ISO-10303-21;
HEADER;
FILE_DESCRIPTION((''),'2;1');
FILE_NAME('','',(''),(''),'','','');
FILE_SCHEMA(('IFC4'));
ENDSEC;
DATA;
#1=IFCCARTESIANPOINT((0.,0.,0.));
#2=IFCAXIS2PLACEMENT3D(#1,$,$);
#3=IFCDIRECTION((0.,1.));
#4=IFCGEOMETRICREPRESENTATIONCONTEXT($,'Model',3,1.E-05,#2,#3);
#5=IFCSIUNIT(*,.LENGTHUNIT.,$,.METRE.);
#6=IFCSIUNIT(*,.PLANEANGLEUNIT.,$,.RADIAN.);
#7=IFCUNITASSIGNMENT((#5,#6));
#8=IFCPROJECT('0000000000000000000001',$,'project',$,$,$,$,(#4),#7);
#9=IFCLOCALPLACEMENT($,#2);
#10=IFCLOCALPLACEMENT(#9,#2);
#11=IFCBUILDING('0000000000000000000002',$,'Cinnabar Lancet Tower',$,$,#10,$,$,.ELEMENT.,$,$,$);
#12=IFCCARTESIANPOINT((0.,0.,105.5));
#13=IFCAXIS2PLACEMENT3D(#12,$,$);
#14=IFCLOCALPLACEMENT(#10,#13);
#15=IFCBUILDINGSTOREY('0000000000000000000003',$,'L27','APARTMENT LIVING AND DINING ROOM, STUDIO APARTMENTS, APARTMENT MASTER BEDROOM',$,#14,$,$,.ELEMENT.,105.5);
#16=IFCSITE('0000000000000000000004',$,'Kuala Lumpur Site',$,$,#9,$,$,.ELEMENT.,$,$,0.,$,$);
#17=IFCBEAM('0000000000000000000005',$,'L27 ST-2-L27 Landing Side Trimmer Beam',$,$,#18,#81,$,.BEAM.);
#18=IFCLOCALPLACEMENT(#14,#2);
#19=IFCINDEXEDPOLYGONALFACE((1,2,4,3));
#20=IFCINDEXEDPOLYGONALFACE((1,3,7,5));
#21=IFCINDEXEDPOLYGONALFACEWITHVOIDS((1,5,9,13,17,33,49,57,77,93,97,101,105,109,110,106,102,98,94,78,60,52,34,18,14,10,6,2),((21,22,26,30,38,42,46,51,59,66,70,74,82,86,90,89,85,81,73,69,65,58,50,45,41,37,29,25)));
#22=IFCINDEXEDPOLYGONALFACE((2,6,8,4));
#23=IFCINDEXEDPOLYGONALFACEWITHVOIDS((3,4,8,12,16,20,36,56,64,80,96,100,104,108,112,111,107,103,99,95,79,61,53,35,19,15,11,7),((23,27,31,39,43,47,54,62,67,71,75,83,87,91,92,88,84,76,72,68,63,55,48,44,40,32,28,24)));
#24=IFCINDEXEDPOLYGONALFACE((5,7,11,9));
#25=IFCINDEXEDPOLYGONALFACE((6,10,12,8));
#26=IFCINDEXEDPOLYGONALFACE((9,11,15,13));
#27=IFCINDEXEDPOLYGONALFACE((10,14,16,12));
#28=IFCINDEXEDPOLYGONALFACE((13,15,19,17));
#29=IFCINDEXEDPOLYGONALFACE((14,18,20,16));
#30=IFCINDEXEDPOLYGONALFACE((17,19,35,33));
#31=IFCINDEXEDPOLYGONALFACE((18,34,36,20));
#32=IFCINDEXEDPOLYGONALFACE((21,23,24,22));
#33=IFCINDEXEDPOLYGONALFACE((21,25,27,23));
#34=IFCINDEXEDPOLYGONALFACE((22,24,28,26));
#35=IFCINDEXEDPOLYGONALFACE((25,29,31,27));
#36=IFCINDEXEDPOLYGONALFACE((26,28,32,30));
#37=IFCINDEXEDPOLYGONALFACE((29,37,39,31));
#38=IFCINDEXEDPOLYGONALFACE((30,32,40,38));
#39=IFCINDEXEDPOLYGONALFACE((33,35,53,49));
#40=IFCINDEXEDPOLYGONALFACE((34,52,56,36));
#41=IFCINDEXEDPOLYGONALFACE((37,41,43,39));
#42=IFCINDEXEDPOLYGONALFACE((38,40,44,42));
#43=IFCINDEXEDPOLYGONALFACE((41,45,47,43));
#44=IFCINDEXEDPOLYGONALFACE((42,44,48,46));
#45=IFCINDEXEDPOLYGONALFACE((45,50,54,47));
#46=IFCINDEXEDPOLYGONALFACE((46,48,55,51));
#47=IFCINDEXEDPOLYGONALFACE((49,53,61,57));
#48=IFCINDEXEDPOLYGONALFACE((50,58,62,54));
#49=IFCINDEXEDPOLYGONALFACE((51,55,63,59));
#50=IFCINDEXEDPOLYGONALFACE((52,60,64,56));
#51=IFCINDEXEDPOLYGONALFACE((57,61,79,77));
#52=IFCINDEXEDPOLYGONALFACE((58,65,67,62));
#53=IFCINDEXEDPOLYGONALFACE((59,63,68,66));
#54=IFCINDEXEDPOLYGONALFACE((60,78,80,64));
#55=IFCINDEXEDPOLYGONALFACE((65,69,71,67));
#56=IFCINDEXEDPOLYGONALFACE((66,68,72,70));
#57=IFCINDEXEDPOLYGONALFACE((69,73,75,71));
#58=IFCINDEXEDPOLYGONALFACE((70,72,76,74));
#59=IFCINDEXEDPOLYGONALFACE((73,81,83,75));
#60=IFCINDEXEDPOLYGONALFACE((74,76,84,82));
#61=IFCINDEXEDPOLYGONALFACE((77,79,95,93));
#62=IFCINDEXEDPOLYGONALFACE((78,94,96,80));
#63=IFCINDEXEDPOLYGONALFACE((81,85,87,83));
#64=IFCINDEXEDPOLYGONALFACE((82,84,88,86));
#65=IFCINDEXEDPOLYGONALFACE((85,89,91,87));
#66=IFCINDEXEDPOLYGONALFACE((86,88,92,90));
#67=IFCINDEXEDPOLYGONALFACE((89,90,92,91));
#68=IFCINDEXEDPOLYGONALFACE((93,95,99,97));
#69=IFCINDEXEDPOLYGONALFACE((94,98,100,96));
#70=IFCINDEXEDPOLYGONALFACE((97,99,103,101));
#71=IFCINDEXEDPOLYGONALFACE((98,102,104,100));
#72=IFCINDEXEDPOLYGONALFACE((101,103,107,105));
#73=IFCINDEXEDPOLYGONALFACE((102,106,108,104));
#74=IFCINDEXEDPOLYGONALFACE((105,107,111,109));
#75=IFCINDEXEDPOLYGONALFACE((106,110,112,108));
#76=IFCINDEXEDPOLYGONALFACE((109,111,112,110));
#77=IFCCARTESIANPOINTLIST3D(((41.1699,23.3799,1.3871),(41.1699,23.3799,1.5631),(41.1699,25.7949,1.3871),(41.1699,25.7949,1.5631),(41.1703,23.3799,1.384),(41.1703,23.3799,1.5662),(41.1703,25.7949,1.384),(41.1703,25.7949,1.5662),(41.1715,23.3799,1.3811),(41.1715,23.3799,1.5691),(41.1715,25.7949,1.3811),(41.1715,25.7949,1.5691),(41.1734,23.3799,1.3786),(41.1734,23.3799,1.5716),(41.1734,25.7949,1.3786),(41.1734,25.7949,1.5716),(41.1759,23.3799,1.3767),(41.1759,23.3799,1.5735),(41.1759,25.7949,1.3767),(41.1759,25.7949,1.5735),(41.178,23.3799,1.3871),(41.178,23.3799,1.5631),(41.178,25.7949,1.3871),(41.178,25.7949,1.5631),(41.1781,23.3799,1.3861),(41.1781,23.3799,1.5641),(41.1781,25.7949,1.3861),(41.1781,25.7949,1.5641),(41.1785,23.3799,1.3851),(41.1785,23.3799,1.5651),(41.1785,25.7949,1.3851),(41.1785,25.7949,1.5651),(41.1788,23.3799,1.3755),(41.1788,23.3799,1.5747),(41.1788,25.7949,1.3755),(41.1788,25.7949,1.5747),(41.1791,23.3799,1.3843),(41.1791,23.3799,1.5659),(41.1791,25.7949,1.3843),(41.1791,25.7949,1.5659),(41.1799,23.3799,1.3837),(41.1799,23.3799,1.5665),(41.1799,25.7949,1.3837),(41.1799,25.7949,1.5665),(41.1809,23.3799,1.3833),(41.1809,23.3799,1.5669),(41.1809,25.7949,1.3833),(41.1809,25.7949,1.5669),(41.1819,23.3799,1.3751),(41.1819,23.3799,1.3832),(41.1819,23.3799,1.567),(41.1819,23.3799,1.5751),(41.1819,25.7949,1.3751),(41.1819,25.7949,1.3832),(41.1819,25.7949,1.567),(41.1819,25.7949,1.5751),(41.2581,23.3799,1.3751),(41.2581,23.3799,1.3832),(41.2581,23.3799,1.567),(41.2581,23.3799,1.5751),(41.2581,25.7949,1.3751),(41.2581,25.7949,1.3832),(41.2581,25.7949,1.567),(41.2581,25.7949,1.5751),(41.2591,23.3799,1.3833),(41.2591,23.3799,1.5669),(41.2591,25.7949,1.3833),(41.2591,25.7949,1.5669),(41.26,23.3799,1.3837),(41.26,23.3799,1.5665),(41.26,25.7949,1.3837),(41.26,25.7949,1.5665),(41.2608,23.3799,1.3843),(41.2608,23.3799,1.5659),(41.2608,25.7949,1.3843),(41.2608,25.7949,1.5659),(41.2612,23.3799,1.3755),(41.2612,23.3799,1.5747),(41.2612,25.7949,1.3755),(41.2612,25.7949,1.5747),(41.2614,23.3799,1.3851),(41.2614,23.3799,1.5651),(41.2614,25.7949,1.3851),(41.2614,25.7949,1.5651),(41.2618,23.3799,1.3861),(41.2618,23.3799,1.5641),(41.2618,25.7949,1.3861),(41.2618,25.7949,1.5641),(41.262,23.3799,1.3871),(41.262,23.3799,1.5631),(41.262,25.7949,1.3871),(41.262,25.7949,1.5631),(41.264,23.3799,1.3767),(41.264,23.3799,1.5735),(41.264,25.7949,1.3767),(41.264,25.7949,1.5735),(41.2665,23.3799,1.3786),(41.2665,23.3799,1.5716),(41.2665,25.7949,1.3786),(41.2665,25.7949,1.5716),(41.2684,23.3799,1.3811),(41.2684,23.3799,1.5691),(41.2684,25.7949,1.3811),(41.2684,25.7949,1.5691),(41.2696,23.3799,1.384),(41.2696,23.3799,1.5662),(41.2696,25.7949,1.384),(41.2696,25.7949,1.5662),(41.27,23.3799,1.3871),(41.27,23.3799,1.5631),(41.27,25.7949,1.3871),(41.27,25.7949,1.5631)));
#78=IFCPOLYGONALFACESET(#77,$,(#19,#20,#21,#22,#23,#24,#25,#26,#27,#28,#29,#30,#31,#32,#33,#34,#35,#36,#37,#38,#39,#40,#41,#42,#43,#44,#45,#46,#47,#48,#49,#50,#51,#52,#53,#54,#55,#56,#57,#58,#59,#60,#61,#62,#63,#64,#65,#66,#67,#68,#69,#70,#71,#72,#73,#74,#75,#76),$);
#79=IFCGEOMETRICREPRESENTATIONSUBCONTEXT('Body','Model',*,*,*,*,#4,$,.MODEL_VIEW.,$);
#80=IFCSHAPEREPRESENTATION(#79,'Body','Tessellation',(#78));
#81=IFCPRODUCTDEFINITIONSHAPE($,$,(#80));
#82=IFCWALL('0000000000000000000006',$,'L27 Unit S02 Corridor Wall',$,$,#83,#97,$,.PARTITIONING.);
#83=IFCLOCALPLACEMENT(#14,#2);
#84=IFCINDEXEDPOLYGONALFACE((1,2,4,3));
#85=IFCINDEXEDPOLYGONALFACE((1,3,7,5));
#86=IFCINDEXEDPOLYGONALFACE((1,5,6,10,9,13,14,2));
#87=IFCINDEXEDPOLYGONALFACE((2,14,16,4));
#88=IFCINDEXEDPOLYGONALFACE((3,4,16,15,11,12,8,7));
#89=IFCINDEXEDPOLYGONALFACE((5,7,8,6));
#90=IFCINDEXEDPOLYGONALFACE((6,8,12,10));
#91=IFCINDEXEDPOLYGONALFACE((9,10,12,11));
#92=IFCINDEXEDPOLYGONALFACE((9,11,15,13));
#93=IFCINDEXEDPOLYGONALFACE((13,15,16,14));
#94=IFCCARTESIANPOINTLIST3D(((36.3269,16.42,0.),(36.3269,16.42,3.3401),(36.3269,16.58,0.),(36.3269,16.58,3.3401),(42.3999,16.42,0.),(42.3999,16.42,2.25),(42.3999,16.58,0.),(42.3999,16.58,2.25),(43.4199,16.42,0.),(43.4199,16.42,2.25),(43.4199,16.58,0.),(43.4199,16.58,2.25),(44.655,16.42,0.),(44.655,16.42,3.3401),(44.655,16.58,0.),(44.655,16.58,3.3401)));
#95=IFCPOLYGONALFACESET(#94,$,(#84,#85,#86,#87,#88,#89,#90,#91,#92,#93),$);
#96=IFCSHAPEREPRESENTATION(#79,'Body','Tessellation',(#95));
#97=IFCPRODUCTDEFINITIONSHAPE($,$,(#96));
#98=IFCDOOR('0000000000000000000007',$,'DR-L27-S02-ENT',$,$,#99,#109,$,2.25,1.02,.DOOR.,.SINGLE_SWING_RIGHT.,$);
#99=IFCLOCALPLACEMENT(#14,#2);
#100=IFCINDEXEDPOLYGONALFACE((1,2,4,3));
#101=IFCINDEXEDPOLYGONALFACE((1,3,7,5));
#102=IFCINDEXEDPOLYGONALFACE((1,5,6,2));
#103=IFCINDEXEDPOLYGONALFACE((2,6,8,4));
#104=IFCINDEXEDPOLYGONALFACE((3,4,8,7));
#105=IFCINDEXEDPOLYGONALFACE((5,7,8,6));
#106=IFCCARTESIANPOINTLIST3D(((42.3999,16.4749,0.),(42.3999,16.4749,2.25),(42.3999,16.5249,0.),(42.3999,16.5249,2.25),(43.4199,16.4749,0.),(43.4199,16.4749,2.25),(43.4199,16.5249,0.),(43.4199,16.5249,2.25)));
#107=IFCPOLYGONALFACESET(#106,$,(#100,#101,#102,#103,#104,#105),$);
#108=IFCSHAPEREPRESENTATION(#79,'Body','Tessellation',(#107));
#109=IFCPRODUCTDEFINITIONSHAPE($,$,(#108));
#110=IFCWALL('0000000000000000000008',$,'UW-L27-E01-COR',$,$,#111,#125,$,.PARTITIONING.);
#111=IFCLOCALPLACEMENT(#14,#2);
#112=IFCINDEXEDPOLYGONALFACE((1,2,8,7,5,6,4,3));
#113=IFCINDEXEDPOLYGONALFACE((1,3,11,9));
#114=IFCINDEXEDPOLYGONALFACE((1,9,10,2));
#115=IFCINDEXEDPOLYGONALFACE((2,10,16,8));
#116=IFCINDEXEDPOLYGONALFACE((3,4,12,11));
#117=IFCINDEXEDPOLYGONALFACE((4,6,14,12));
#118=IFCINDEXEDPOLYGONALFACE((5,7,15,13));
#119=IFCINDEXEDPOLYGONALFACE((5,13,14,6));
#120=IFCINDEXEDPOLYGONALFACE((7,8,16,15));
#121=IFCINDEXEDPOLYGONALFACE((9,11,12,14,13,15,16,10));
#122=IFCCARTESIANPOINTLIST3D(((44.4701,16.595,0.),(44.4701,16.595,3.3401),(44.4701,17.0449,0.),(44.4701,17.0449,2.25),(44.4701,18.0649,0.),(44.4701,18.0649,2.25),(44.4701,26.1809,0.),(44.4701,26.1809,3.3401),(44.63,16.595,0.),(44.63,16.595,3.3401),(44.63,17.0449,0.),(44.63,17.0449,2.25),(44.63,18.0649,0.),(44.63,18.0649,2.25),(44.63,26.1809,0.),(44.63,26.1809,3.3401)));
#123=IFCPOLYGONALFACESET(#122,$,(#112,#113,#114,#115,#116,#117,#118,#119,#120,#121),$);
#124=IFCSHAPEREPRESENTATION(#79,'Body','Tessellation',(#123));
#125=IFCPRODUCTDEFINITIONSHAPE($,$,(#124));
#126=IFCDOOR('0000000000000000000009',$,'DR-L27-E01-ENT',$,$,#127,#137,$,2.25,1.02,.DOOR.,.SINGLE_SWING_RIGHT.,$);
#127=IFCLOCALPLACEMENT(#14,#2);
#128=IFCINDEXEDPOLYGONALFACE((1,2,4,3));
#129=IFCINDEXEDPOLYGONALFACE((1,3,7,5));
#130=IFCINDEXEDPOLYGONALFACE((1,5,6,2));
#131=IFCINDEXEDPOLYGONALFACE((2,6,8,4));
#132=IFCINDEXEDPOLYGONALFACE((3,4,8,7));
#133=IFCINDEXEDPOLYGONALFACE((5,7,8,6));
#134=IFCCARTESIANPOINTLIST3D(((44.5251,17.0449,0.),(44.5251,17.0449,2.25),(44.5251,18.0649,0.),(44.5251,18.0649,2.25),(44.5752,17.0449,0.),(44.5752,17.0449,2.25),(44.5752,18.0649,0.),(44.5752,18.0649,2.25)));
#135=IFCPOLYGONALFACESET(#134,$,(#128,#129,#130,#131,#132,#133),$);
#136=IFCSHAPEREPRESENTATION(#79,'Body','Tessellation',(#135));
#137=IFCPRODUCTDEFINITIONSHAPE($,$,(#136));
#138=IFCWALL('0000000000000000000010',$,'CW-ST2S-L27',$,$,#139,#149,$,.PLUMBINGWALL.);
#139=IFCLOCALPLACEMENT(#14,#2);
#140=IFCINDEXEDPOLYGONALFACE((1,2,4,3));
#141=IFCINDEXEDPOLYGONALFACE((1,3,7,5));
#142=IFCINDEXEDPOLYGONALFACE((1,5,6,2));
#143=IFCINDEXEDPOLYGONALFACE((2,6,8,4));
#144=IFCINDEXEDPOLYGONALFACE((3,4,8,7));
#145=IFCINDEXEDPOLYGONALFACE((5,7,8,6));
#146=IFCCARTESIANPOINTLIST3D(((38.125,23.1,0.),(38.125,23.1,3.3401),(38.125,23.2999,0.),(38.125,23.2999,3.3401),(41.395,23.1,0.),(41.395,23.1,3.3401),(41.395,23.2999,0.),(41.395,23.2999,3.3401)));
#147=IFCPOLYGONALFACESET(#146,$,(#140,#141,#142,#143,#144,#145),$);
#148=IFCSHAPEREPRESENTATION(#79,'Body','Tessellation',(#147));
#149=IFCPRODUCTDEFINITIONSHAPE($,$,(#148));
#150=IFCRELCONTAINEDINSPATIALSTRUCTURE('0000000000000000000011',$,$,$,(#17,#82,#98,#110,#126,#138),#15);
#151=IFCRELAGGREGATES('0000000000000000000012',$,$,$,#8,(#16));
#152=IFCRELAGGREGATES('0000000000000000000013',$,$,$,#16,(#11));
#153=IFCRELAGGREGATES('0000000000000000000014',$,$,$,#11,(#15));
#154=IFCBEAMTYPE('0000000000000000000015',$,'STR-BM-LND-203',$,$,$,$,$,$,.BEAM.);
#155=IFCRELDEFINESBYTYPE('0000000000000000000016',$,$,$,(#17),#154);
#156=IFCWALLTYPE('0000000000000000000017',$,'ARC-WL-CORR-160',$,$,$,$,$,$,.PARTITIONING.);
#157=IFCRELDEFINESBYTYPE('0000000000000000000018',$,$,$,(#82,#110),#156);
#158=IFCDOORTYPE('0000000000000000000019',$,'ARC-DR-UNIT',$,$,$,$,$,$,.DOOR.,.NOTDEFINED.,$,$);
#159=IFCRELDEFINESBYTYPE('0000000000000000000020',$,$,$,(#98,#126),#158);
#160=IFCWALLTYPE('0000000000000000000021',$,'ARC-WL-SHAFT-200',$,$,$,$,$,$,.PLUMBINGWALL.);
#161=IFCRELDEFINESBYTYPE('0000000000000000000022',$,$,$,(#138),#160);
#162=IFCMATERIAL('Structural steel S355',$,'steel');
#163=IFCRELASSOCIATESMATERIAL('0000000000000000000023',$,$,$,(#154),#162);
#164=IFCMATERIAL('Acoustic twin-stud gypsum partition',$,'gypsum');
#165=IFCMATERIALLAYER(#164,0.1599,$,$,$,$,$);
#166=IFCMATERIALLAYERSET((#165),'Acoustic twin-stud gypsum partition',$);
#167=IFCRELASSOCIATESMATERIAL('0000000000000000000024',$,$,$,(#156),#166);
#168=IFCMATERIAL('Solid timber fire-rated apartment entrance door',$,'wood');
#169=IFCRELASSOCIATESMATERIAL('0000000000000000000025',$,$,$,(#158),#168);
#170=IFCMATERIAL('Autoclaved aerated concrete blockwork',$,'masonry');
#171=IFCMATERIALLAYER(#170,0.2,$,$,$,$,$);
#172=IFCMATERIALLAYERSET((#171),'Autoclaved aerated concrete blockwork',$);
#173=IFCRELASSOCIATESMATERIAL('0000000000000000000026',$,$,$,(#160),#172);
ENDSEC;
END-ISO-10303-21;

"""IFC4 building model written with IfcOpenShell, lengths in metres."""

from ifc_helpers import new_model, si_unit, direction, frame, frame_2d, origin, origin_2d, place, context, subcontext, project, spatial, rectangle, hollow_rectangle, extrude, material, layer, layer_set, material_profile, profile_set, type_object, element, fill, save


model = new_model("IFC4")

# Units and contexts
model_context = context("Model", 3, precision=1e-05, world=origin(), true_north=direction((0.0, 1.0)))
body_context = subcontext(model_context, "Body", "Model", "MODEL_VIEW")
ifc_project = project(units=[si_unit("LENGTHUNIT", "METRE"), si_unit("PLANEANGLEUNIT", "RADIAN")], contexts=[model_context])

# Site, building, storey
site_placement = place(None, origin())
site = spatial("IfcSite", under=ifc_project, at=site_placement, Name="Kuala Lumpur Site", CompositionType="ELEMENT", RefElevation=0.0)
building_placement = place(site_placement, origin())
building = spatial("IfcBuilding", under=site, at=building_placement, Name="Cinnabar Lancet Tower", CompositionType="ELEMENT")
storey_placement = place(building_placement, frame((0.0, 0.0, 105.5)))
storey = spatial("IfcBuildingStorey", under=building, at=storey_placement, Name="L27", Description="APARTMENT LIVING AND DINING ROOM, STUDIO APARTMENTS, APARTMENT MASTER BEDROOM", CompositionType="ELEMENT", Elevation=105.5)

# Beam
ifc_material_1 = material(Name="Structural steel S355", Category="steel")
ifc_material_profile_1 = material_profile(ifc_material_1, hollow_rectangle(XDim=0.1001, YDim=0.2, WallThickness=0.0081, InnerFilletRadius=0.0039, OuterFilletRadius=0.012, at=origin_2d()), Name="RHS 200x100x8")
ifc_profile_set_1 = profile_set([ifc_material_profile_1], Name="Structural steel S355")
beam_type_1 = type_object("IfcBeamType", Name="STR-BM-LND-203", PredefinedType="BEAM", material=ifc_profile_set_1)
beam_1_placement = place(storey_placement, frame((41.22, 23.3799, 1.4751), z_axis=(0.0, 1.0, 0.0), x_axis=(-1.0, 0.0, 0.0)))
element("IfcBeam", 1, at=beam_1_placement, inside=storey, type_object=beam_type_1, Name="L27 ST-2-L27 Landing Side Trimmer Beam", PredefinedType="BEAM", context=body_context, shape_type="SweptSolid", body=[
    extrude(hollow_rectangle(XDim=0.1001, YDim=0.2, WallThickness=0.0081, InnerFilletRadius=0.0039, OuterFilletRadius=0.012, at=origin_2d()), origin(), (0.0, 0.0, 1.0), 2.415),
])

# Walls, openings, doors
ifc_material_2 = material(Name="Acoustic twin-stud gypsum partition", Category="gypsum")
ifc_layer_1 = layer(ifc_material_2, 0.1599)
ifc_layer_set_1 = layer_set([ifc_layer_1], Name="Acoustic twin-stud gypsum partition")
wall_type_1 = type_object("IfcWallType", Name="ARC-WL-CORR-160", PredefinedType="PARTITIONING", material=ifc_layer_set_1)
wall_1_placement = place(storey_placement, frame((36.3269, 16.5, 0.0), z_axis=(0.0, 0.0, 1.0), x_axis=(1.0, 0.0, 0.0)))
wall_1 = element("IfcWall", 2, at=wall_1_placement, inside=storey, type_object=wall_type_1, Name="L27 Unit S02 Corridor Wall", PredefinedType="PARTITIONING", context=body_context, shape_type="SweptSolid", body=[
    extrude(rectangle(XDim=8.3281, YDim=0.1599, at=frame_2d((4.1641, 0.0))), origin(), (0.0, 0.0, 1.0), 3.3401),
])
opening_1_placement = place(wall_1_placement, frame((6.073, 0.0, 0.0)))
opening_1 = element("IfcOpeningElement", 3, at=opening_1_placement, cuts=wall_1, PredefinedType="OPENING", context=body_context, shape_type="SweptSolid", body=[
    extrude(rectangle(XDim=1.02, YDim=2.25, at=frame_2d((0.51, 1.125))), frame((0.0, 0.0898, 0.0), z_axis=(0.0, -1.0, 0.0), x_axis=(1.0, 0.0, 0.0)), (0.0, 0.0, 1.0), 0.1799),
])
ifc_material_3 = material(Name="Solid timber fire-rated apartment entrance door", Category="wood")
door_type_1 = type_object("IfcDoorType", Name="ARC-DR-UNIT", OperationType="NOTDEFINED", PredefinedType="DOOR", material=ifc_material_3)
door_1_placement = place(opening_1_placement, origin())
door_1 = element("IfcDoor", 4, at=door_1_placement, inside=storey, type_object=door_type_1, Name="DR-L27-S02-ENT", OperationType="SINGLE_SWING_RIGHT", OverallHeight=2.25, OverallWidth=1.02, PredefinedType="DOOR", context=body_context, shape_type="SweptSolid", body=[
    extrude(rectangle(XDim=1.02, YDim=2.25, at=frame_2d((0.51, 1.125))), frame((0.0, 0.0249, 0.0), z_axis=(0.0, -1.0, 0.0), x_axis=(1.0, 0.0, 0.0)), (0.0, 0.0, 1.0), 0.05),
])
fill(opening_1, door_1)
wall_2_placement = place(storey_placement, frame((44.55, 16.595, 0.0), z_axis=(0.0, 0.0, 1.0), x_axis=(0.0, 1.0, 0.0)))
wall_2 = element("IfcWall", 5, at=wall_2_placement, inside=storey, type_object=wall_type_1, Name="UW-L27-E01-COR", PredefinedType="PARTITIONING", context=body_context, shape_type="SweptSolid", body=[
    extrude(rectangle(XDim=9.5859, YDim=0.1599, at=frame_2d((4.793, 0.0))), origin(), (0.0, 0.0, 1.0), 3.3401),
])
opening_2_placement = place(wall_2_placement, frame((0.45, 0.0, 0.0)))
opening_2 = element("IfcOpeningElement", 6, at=opening_2_placement, cuts=wall_2, PredefinedType="OPENING", context=body_context, shape_type="SweptSolid", body=[
    extrude(rectangle(XDim=1.02, YDim=2.25, at=frame_2d((0.51, 1.125))), frame((0.0, 0.0898, 0.0), z_axis=(0.0, -1.0, 0.0), x_axis=(1.0, 0.0, 0.0)), (0.0, 0.0, 1.0), 0.1799),
])
door_2_placement = place(opening_2_placement, origin())
door_2 = element("IfcDoor", 7, at=door_2_placement, inside=storey, type_object=door_type_1, Name="DR-L27-E01-ENT", OperationType="SINGLE_SWING_RIGHT", OverallHeight=2.25, OverallWidth=1.02, PredefinedType="DOOR", context=body_context, shape_type="SweptSolid", body=[
    extrude(rectangle(XDim=1.02, YDim=2.25, at=frame_2d((0.51, 1.125))), frame((0.0, 0.0249, 0.0), z_axis=(0.0, -1.0, 0.0), x_axis=(1.0, 0.0, 0.0)), (0.0, 0.0, 1.0), 0.05),
])
fill(opening_2, door_2)

# Wall
ifc_material_4 = material(Name="Autoclaved aerated concrete blockwork", Category="masonry")
ifc_layer_2 = layer(ifc_material_4, 0.2)
ifc_layer_set_2 = layer_set([ifc_layer_2], Name="Autoclaved aerated concrete blockwork")
wall_type_2 = type_object("IfcWallType", Name="ARC-WL-SHAFT-200", PredefinedType="PLUMBINGWALL", material=ifc_layer_set_2)
wall_3_placement = place(storey_placement, frame((38.125, 23.2, 0.0), z_axis=(0.0, 0.0, 1.0), x_axis=(1.0, 0.0, 0.0)))
element("IfcWall", 8, at=wall_3_placement, inside=storey, type_object=wall_type_2, Name="CW-ST2S-L27", PredefinedType="PLUMBINGWALL", context=body_context, shape_type="SweptSolid", body=[
    extrude(rectangle(XDim=3.27, YDim=0.2, at=frame_2d((1.635, 0.0))), origin(), (0.0, 0.0, 1.0), 3.3401),
])

save(model, "model.ifc")
